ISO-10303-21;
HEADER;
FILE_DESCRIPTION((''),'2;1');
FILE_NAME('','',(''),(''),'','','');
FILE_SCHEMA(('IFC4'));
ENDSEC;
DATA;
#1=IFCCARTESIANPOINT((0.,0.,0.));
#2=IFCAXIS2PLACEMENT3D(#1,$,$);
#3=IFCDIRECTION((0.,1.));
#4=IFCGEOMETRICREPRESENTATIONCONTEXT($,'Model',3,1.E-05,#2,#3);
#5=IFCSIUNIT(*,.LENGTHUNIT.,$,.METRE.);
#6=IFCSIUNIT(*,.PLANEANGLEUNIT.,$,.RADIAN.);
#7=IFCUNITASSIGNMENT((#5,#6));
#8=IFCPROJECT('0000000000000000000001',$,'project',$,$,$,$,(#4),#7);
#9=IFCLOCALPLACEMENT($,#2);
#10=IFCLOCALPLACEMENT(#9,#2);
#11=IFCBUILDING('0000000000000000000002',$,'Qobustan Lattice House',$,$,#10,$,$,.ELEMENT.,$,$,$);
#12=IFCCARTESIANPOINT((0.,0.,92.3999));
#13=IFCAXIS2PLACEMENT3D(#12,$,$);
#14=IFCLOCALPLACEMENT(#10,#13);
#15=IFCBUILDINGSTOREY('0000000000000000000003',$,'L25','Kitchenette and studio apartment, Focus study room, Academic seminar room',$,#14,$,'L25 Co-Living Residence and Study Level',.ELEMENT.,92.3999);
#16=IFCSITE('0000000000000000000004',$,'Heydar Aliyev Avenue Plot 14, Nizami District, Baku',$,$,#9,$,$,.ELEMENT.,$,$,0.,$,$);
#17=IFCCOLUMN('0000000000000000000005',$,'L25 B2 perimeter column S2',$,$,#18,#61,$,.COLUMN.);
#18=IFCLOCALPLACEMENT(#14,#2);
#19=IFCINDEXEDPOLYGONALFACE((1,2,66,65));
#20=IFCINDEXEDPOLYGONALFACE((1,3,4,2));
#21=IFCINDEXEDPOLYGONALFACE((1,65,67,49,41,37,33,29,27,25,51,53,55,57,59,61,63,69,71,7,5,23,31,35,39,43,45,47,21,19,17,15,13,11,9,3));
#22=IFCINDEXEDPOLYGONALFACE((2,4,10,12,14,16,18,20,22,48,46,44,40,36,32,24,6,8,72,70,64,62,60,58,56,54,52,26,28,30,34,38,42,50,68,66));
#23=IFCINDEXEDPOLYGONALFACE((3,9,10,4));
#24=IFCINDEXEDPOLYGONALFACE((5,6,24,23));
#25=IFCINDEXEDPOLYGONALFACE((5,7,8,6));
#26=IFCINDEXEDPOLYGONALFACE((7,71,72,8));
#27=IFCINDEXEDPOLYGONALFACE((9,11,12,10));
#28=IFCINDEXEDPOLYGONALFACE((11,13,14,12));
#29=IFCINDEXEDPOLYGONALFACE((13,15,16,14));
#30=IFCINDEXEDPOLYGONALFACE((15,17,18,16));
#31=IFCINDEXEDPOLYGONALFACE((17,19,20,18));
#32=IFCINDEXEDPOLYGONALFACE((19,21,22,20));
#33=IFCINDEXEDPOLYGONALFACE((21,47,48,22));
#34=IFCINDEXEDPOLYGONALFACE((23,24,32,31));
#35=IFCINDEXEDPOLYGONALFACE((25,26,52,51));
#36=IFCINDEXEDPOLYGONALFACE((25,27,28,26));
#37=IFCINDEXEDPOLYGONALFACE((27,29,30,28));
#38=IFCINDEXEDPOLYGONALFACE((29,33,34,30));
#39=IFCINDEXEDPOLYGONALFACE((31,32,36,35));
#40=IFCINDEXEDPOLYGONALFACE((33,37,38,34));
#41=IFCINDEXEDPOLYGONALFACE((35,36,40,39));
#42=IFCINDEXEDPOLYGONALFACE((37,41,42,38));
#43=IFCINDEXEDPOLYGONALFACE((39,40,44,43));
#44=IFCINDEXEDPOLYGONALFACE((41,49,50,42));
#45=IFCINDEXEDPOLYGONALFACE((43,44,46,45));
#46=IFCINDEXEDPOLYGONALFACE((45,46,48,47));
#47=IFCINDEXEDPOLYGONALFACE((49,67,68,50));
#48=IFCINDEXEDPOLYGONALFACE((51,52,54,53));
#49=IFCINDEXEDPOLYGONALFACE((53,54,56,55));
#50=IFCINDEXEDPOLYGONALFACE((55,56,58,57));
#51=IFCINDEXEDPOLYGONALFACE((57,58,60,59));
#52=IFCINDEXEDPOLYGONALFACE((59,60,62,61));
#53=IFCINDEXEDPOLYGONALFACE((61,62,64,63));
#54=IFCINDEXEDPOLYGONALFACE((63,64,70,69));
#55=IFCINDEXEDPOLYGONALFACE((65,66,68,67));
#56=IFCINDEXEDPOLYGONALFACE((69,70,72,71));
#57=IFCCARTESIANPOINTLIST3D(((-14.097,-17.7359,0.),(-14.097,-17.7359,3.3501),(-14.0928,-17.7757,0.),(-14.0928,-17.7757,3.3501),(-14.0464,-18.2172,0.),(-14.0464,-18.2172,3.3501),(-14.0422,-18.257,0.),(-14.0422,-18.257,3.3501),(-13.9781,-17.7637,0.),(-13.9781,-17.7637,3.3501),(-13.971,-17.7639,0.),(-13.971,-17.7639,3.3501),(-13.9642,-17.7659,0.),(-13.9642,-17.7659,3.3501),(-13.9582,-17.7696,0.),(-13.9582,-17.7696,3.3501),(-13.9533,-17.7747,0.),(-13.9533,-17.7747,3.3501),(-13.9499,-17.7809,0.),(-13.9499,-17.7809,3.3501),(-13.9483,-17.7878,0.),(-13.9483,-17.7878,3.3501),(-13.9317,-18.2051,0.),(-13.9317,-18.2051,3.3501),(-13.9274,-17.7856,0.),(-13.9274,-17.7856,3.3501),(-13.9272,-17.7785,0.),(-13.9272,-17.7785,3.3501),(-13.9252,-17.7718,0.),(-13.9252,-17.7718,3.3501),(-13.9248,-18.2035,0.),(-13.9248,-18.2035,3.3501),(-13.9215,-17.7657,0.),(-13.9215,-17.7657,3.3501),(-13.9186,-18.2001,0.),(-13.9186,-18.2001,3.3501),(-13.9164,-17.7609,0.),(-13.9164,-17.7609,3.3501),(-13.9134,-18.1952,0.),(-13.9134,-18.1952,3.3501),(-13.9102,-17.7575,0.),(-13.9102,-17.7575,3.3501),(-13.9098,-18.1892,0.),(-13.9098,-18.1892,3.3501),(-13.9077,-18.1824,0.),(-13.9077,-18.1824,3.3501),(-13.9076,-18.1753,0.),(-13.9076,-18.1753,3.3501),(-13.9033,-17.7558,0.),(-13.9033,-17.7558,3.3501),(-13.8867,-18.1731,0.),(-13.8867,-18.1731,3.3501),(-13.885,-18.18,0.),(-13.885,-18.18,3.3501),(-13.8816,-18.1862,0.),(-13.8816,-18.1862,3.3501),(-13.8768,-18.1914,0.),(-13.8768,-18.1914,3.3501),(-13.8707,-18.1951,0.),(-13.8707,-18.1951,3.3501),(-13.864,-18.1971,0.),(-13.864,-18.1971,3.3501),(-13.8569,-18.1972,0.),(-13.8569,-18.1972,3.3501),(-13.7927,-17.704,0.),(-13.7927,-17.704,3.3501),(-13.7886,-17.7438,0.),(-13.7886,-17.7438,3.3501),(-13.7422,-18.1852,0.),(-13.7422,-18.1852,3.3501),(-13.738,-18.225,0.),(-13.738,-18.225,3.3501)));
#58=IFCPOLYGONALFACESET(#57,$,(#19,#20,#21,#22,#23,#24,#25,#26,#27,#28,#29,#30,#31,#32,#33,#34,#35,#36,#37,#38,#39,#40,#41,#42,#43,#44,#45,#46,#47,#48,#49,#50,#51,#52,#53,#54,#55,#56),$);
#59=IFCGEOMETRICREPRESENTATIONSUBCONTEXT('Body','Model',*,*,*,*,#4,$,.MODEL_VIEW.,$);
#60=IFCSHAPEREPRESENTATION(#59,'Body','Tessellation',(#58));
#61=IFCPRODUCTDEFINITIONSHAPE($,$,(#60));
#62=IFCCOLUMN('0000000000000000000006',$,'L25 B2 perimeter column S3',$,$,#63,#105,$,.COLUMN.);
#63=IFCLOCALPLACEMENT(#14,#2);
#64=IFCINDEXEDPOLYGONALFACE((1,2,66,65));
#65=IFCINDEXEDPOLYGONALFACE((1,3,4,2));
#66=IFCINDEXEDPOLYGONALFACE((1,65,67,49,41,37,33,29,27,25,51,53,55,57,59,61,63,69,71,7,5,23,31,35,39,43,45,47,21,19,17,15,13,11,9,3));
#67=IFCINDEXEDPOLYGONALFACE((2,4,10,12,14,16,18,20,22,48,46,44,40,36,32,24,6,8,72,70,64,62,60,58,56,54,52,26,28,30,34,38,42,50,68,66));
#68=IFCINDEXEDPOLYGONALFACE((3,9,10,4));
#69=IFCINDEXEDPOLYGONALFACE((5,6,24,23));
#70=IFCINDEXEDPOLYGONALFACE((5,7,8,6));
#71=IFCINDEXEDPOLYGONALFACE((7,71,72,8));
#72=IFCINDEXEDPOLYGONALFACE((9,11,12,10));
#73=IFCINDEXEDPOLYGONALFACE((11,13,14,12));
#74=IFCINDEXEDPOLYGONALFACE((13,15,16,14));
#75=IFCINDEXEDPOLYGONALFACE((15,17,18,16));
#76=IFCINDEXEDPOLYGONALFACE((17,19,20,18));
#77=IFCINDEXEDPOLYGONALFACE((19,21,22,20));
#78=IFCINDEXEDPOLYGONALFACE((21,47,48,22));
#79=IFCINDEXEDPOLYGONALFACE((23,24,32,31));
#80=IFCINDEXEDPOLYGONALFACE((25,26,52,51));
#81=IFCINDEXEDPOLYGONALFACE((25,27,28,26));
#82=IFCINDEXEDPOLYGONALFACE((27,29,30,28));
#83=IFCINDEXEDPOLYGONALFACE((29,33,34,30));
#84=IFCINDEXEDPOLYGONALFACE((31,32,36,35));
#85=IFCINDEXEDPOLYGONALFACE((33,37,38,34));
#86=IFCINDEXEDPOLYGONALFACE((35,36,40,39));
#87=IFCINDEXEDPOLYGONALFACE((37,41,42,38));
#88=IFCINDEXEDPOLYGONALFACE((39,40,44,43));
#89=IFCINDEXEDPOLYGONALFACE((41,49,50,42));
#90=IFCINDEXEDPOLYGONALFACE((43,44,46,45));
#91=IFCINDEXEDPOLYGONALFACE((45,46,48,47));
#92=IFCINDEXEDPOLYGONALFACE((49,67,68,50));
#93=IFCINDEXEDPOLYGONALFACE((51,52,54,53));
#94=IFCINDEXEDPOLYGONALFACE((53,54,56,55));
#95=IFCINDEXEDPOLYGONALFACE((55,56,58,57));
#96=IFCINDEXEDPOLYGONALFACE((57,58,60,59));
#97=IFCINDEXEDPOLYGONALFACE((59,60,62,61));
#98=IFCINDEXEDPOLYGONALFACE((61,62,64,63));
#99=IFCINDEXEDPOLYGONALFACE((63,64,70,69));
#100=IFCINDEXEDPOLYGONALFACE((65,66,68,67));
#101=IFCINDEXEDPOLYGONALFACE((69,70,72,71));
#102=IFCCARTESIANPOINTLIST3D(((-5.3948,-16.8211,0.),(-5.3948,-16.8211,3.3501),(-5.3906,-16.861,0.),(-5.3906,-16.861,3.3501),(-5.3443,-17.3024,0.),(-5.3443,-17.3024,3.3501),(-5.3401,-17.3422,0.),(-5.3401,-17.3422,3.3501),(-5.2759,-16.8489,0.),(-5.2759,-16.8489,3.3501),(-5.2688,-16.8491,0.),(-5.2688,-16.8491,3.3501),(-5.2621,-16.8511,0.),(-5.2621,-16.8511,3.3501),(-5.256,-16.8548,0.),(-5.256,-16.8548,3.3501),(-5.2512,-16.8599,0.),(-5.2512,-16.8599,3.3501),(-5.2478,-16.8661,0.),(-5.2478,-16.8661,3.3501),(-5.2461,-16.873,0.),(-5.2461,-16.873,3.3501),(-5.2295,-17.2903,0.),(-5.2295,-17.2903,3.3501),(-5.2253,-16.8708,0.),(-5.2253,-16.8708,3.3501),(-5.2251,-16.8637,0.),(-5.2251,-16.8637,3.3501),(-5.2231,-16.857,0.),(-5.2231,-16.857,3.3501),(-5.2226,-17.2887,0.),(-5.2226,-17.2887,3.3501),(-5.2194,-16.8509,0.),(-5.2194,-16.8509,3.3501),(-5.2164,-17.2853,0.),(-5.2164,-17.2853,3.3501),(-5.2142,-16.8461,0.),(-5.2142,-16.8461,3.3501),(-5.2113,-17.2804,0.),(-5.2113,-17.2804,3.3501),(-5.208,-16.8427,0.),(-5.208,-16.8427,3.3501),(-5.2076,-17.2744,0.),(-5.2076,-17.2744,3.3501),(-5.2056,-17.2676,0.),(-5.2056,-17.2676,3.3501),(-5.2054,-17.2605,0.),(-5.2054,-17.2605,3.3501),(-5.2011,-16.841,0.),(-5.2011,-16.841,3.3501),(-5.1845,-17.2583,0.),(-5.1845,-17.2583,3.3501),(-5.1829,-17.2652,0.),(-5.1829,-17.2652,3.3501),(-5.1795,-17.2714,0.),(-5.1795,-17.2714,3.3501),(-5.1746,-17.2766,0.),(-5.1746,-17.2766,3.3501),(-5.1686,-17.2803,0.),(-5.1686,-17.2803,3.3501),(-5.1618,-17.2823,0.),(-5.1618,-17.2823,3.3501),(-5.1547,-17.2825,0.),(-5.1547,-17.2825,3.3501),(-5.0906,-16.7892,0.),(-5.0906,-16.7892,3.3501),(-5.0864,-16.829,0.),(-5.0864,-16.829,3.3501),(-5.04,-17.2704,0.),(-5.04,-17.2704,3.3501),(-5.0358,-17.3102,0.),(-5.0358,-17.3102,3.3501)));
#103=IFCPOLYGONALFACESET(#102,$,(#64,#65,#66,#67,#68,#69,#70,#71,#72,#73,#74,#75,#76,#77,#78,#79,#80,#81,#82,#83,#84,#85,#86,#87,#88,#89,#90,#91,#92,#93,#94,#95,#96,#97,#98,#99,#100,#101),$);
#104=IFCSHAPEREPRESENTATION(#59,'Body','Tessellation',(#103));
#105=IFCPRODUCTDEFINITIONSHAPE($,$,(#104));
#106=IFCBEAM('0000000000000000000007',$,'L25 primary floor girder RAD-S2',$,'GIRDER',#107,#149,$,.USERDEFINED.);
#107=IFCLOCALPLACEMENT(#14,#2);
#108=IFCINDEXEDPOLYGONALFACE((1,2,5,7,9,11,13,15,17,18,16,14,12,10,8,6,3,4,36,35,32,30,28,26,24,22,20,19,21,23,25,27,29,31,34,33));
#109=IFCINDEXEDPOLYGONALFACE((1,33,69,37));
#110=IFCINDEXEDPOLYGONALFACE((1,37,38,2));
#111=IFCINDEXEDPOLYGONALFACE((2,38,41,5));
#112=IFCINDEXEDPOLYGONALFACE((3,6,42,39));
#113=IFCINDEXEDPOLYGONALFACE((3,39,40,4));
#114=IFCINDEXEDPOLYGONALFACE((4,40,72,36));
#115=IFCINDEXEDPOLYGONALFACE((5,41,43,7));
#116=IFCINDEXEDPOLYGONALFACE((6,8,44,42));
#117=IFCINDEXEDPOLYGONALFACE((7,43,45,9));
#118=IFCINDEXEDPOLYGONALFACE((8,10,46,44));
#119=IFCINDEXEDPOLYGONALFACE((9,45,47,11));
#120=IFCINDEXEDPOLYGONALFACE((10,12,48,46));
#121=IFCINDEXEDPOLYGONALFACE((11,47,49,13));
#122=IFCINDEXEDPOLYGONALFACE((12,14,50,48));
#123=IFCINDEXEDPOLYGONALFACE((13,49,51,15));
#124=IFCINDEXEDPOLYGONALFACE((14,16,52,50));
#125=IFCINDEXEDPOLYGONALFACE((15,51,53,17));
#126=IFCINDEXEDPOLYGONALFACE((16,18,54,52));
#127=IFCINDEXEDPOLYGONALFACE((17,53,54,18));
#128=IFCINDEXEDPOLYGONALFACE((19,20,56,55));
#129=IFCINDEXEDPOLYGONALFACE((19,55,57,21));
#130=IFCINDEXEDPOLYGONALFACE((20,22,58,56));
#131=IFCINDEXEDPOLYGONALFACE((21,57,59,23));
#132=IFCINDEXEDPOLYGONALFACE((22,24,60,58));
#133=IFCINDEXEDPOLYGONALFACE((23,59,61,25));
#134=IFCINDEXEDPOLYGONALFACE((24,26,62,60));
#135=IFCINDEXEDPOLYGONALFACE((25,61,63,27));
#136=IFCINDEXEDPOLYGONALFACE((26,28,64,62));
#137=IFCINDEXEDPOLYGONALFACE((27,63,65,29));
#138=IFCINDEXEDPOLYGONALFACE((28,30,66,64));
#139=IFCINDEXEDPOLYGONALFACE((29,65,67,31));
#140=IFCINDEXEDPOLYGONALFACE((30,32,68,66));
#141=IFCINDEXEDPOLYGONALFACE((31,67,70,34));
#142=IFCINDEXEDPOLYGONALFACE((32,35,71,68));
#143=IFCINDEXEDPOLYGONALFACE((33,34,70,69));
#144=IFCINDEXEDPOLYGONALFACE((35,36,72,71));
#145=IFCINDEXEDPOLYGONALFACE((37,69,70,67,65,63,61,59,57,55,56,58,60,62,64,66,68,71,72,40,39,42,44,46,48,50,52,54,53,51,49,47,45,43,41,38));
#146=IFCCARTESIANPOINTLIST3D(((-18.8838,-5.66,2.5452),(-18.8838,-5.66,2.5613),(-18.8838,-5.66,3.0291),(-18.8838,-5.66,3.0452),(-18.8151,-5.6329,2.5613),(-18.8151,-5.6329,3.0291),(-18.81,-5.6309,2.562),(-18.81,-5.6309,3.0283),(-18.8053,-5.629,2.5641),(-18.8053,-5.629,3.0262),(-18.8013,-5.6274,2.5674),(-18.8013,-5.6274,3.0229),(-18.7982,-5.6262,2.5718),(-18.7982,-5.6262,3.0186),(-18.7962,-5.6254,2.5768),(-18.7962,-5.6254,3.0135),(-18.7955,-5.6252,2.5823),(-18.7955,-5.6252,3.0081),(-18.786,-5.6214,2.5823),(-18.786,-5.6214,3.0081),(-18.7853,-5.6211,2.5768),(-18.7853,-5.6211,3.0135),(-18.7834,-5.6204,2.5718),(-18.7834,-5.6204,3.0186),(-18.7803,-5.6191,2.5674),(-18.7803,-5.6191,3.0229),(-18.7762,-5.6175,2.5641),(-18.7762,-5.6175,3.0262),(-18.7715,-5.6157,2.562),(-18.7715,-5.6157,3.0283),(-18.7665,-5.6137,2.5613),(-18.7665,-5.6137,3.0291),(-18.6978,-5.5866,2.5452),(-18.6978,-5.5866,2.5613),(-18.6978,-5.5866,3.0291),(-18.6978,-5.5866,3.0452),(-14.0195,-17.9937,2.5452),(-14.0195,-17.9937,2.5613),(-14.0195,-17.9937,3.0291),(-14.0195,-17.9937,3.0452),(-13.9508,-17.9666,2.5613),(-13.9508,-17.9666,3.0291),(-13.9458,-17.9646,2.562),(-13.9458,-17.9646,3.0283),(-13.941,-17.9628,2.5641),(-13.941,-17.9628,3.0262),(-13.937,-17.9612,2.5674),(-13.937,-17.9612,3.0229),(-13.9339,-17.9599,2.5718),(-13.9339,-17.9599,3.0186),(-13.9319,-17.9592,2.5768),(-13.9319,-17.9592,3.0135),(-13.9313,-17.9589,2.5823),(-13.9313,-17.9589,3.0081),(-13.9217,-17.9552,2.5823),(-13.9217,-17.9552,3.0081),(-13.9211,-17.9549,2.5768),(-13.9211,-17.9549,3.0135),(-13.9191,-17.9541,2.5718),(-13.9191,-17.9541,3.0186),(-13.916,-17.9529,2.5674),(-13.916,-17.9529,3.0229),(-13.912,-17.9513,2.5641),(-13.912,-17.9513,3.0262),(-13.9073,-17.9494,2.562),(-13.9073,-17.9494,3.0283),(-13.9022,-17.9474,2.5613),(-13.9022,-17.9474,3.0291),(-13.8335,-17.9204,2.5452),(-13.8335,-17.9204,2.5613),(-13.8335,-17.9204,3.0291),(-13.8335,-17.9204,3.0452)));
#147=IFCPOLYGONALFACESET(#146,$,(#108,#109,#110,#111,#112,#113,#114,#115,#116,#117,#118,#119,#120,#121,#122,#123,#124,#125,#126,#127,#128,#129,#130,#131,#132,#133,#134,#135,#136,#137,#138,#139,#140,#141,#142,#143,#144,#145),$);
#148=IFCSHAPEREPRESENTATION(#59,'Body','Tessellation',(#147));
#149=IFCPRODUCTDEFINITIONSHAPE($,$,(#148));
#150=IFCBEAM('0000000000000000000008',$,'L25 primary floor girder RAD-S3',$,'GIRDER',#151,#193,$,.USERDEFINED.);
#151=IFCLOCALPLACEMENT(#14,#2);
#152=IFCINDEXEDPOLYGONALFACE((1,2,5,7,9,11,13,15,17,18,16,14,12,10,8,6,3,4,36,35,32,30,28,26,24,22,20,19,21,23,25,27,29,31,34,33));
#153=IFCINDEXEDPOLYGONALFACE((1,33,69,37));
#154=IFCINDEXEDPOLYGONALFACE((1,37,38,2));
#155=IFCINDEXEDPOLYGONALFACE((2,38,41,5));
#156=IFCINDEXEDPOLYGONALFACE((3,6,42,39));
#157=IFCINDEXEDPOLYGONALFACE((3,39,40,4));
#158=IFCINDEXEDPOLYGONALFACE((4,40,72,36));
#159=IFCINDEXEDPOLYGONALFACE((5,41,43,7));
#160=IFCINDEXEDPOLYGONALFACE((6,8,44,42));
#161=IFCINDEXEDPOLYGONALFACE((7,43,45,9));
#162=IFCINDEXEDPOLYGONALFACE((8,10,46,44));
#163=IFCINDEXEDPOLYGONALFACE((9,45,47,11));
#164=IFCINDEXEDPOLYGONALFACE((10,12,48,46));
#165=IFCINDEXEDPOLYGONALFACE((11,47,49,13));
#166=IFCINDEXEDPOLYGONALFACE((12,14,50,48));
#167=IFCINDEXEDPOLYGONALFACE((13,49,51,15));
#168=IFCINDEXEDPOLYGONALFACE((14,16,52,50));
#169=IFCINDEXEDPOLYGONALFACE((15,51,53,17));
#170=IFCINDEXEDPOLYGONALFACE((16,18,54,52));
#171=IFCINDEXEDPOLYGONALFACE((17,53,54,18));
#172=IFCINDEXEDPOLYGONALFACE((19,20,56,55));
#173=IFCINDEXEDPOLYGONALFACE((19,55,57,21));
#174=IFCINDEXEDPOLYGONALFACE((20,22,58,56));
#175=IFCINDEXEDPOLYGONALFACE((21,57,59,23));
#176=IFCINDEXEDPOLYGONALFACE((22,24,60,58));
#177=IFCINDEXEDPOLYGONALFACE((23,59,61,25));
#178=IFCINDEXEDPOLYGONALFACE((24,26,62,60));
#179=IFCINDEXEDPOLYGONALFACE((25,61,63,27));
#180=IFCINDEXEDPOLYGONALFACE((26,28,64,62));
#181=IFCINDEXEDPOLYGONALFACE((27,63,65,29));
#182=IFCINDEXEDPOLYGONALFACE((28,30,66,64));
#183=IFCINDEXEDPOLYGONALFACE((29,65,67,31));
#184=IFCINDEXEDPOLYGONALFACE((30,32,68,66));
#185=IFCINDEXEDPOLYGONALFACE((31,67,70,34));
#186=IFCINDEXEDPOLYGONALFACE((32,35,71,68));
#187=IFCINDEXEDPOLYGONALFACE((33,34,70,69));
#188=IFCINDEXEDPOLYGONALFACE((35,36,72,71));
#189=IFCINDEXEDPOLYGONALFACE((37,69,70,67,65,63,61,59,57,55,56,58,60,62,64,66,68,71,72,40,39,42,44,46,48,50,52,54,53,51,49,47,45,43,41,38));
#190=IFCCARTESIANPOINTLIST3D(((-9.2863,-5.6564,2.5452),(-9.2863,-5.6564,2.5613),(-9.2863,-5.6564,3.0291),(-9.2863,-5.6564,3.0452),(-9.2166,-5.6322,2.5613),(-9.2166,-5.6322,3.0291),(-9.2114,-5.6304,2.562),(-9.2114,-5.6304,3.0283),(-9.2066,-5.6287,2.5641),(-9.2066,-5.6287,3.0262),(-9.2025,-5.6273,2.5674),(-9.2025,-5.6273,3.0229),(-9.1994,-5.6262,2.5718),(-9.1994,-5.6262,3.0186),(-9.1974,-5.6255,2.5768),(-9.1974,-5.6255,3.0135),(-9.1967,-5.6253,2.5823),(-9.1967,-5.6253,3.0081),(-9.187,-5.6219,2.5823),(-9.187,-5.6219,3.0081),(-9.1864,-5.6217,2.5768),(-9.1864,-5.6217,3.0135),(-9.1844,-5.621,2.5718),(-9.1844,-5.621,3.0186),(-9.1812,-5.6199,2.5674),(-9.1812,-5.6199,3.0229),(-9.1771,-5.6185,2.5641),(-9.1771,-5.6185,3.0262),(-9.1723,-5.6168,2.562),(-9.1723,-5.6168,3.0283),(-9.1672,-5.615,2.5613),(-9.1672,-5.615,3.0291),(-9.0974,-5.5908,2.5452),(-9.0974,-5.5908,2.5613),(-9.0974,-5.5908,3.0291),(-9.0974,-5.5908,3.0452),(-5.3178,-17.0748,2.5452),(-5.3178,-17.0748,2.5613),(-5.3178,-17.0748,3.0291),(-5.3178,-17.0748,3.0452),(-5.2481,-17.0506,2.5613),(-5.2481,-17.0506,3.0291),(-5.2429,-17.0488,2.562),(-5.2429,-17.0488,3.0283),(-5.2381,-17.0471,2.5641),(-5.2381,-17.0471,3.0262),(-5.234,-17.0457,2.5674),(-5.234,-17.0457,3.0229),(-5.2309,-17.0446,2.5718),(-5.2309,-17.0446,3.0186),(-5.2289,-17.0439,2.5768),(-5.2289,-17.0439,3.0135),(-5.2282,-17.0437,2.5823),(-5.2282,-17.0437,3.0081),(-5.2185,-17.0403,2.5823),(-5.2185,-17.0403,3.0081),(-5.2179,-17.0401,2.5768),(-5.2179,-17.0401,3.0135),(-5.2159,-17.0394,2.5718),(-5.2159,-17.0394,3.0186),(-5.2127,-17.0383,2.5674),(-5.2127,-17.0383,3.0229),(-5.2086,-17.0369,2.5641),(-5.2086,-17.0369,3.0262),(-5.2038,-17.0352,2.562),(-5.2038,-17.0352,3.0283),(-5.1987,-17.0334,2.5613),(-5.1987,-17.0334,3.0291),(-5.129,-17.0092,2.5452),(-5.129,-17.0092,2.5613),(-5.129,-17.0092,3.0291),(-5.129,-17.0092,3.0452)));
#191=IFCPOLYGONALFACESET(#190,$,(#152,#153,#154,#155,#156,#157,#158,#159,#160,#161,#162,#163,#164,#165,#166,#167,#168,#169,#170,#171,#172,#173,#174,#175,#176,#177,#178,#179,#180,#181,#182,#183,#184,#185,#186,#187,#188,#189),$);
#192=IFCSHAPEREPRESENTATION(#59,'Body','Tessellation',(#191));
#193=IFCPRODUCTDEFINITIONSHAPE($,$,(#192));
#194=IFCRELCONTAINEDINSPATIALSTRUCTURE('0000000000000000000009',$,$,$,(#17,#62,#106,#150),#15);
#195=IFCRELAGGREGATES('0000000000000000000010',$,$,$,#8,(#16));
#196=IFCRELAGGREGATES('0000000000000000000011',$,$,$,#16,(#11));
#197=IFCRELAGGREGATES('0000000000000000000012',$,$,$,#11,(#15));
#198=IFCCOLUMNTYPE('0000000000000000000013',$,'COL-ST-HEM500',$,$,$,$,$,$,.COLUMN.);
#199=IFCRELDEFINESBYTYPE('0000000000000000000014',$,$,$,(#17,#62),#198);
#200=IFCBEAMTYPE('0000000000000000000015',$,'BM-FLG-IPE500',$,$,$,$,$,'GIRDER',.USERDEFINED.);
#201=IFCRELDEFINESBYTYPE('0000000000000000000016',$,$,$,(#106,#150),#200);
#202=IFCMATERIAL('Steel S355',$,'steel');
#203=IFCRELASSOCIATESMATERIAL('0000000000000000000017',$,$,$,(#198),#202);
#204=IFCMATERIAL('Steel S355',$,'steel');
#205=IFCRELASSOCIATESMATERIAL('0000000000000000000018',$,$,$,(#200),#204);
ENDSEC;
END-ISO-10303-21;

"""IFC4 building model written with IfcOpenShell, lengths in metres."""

from ifc_helpers import new_model, si_unit, direction, frame, origin, origin_2d, place, context, subcontext, project, spatial, i_section, extrude, material, material_profile, profile_set, type_object, element, save


model = new_model("IFC4")

# Units and contexts
model_context = context("Model", 3, precision=1e-05, world=origin(), true_north=direction((0.0, 1.0)))
body_context = subcontext(model_context, "Body", "Model", "MODEL_VIEW")
ifc_project = project(units=[si_unit("LENGTHUNIT", "METRE"), si_unit("PLANEANGLEUNIT", "RADIAN")], contexts=[model_context])

# Site, building, storey
site_placement = place(None, origin())
site = spatial("IfcSite", under=ifc_project, at=site_placement, Name="Heydar Aliyev Avenue Plot 14, Nizami District, Baku", CompositionType="ELEMENT", RefElevation=0.0)
building_placement = place(site_placement, origin())
building = spatial("IfcBuilding", under=site, at=building_placement, Name="Qobustan Lattice House", CompositionType="ELEMENT")
storey_placement = place(building_placement, frame((0.0, 0.0, 92.3999)))
storey = spatial("IfcBuildingStorey", under=building, at=storey_placement, Name="L25", Description="Kitchenette and studio apartment, Focus study room, Academic seminar room", LongName="L25 Co-Living Residence and Study Level", CompositionType="ELEMENT", Elevation=92.3999)

# Columns
ifc_material_1 = material(Name="Steel S355", Category="steel")
ifc_material_profile_1 = material_profile(ifc_material_1, i_section(OverallWidth=0.3059, OverallDepth=0.5239, WebThickness=0.021, FlangeThickness=0.04, FilletRadius=0.0271, at=origin_2d()), Name="HEM500")
ifc_profile_set_1 = profile_set([ifc_material_profile_1], Name="Steel S355")
column_type = type_object("IfcColumnType", Name="COL-ST-HEM500", PredefinedType="COLUMN", material=ifc_profile_set_1)
for number, where, z_axis, x_axis, name in (
    (1, (-13.9175, -17.9805, 0.0), (0.0, 0.0, 1.0), (0.994522, 0.104528, 0.0), "L25 B2 perimeter column S2"),
    (2, (-5.2153, -17.0657, 0.0), (0.0, 0.0, 1.0), (0.994522, 0.104528, 0.0), "L25 B2 perimeter column S3"),
):
    element("IfcColumn", number, at=place(storey_placement, frame(where, z_axis=z_axis, x_axis=x_axis)), inside=storey, type_object=column_type, Name=name, PredefinedType="COLUMN", context=body_context, shape_type="SweptSolid", body=[
        extrude(i_section(OverallWidth=0.3059, OverallDepth=0.5239, WebThickness=0.021, FlangeThickness=0.04, FilletRadius=0.0271, at=origin_2d()), origin(), (0.0, 0.0, 1.0), 3.3501),
    ])

# Beams
ifc_material_2 = material(Name="Steel S355", Category="steel")
ifc_material_profile_2 = material_profile(ifc_material_2, i_section(OverallWidth=0.2, OverallDepth=0.5, WebThickness=0.0103, FlangeThickness=0.0161, FilletRadius=0.021, at=origin_2d()), Name="IPE500")
ifc_profile_set_2 = profile_set([ifc_material_profile_2], Name="Steel S355")
beam_type_1 = type_object("IfcBeamType", Name="BM-FLG-IPE500", ElementType="GIRDER", PredefinedType="USERDEFINED", material=ifc_profile_set_2)
beam_1_placement = place(storey_placement, frame((-13.9265, -17.957, 2.7952), z_axis=(-0.366884, 0.930267, 0.0), x_axis=(-0.930267, -0.366884, 0.0)))
element("IfcBeam", 3, at=beam_1_placement, inside=storey, type_object=beam_type_1, Name="L25 primary floor girder RAD-S2", ObjectType="GIRDER", PredefinedType="USERDEFINED", context=body_context, shape_type="SweptSolid", body=[
    extrude(i_section(OverallWidth=0.2, OverallDepth=0.5, WebThickness=0.0103, FlangeThickness=0.0161, FilletRadius=0.021, at=origin_2d()), origin(), (0.0, 0.0, 1.0), 13.2583),
])
beam_2_placement = place(storey_placement, frame((-5.2234, -17.042, 2.7952), z_axis=(-0.32829, 0.944577, 0.0), x_axis=(-0.944577, -0.32829, 0.0)))
element("IfcBeam", 4, at=beam_2_placement, inside=storey, type_object=beam_type_1, Name="L25 primary floor girder RAD-S3", ObjectType="GIRDER", PredefinedType="USERDEFINED", context=body_context, shape_type="SweptSolid", body=[
    extrude(i_section(OverallWidth=0.2, OverallDepth=0.5, WebThickness=0.0103, FlangeThickness=0.0161, FilletRadius=0.021, at=origin_2d()), origin(), (0.0, 0.0, 1.0), 12.0884),
])

save(model, "model.ifc")
